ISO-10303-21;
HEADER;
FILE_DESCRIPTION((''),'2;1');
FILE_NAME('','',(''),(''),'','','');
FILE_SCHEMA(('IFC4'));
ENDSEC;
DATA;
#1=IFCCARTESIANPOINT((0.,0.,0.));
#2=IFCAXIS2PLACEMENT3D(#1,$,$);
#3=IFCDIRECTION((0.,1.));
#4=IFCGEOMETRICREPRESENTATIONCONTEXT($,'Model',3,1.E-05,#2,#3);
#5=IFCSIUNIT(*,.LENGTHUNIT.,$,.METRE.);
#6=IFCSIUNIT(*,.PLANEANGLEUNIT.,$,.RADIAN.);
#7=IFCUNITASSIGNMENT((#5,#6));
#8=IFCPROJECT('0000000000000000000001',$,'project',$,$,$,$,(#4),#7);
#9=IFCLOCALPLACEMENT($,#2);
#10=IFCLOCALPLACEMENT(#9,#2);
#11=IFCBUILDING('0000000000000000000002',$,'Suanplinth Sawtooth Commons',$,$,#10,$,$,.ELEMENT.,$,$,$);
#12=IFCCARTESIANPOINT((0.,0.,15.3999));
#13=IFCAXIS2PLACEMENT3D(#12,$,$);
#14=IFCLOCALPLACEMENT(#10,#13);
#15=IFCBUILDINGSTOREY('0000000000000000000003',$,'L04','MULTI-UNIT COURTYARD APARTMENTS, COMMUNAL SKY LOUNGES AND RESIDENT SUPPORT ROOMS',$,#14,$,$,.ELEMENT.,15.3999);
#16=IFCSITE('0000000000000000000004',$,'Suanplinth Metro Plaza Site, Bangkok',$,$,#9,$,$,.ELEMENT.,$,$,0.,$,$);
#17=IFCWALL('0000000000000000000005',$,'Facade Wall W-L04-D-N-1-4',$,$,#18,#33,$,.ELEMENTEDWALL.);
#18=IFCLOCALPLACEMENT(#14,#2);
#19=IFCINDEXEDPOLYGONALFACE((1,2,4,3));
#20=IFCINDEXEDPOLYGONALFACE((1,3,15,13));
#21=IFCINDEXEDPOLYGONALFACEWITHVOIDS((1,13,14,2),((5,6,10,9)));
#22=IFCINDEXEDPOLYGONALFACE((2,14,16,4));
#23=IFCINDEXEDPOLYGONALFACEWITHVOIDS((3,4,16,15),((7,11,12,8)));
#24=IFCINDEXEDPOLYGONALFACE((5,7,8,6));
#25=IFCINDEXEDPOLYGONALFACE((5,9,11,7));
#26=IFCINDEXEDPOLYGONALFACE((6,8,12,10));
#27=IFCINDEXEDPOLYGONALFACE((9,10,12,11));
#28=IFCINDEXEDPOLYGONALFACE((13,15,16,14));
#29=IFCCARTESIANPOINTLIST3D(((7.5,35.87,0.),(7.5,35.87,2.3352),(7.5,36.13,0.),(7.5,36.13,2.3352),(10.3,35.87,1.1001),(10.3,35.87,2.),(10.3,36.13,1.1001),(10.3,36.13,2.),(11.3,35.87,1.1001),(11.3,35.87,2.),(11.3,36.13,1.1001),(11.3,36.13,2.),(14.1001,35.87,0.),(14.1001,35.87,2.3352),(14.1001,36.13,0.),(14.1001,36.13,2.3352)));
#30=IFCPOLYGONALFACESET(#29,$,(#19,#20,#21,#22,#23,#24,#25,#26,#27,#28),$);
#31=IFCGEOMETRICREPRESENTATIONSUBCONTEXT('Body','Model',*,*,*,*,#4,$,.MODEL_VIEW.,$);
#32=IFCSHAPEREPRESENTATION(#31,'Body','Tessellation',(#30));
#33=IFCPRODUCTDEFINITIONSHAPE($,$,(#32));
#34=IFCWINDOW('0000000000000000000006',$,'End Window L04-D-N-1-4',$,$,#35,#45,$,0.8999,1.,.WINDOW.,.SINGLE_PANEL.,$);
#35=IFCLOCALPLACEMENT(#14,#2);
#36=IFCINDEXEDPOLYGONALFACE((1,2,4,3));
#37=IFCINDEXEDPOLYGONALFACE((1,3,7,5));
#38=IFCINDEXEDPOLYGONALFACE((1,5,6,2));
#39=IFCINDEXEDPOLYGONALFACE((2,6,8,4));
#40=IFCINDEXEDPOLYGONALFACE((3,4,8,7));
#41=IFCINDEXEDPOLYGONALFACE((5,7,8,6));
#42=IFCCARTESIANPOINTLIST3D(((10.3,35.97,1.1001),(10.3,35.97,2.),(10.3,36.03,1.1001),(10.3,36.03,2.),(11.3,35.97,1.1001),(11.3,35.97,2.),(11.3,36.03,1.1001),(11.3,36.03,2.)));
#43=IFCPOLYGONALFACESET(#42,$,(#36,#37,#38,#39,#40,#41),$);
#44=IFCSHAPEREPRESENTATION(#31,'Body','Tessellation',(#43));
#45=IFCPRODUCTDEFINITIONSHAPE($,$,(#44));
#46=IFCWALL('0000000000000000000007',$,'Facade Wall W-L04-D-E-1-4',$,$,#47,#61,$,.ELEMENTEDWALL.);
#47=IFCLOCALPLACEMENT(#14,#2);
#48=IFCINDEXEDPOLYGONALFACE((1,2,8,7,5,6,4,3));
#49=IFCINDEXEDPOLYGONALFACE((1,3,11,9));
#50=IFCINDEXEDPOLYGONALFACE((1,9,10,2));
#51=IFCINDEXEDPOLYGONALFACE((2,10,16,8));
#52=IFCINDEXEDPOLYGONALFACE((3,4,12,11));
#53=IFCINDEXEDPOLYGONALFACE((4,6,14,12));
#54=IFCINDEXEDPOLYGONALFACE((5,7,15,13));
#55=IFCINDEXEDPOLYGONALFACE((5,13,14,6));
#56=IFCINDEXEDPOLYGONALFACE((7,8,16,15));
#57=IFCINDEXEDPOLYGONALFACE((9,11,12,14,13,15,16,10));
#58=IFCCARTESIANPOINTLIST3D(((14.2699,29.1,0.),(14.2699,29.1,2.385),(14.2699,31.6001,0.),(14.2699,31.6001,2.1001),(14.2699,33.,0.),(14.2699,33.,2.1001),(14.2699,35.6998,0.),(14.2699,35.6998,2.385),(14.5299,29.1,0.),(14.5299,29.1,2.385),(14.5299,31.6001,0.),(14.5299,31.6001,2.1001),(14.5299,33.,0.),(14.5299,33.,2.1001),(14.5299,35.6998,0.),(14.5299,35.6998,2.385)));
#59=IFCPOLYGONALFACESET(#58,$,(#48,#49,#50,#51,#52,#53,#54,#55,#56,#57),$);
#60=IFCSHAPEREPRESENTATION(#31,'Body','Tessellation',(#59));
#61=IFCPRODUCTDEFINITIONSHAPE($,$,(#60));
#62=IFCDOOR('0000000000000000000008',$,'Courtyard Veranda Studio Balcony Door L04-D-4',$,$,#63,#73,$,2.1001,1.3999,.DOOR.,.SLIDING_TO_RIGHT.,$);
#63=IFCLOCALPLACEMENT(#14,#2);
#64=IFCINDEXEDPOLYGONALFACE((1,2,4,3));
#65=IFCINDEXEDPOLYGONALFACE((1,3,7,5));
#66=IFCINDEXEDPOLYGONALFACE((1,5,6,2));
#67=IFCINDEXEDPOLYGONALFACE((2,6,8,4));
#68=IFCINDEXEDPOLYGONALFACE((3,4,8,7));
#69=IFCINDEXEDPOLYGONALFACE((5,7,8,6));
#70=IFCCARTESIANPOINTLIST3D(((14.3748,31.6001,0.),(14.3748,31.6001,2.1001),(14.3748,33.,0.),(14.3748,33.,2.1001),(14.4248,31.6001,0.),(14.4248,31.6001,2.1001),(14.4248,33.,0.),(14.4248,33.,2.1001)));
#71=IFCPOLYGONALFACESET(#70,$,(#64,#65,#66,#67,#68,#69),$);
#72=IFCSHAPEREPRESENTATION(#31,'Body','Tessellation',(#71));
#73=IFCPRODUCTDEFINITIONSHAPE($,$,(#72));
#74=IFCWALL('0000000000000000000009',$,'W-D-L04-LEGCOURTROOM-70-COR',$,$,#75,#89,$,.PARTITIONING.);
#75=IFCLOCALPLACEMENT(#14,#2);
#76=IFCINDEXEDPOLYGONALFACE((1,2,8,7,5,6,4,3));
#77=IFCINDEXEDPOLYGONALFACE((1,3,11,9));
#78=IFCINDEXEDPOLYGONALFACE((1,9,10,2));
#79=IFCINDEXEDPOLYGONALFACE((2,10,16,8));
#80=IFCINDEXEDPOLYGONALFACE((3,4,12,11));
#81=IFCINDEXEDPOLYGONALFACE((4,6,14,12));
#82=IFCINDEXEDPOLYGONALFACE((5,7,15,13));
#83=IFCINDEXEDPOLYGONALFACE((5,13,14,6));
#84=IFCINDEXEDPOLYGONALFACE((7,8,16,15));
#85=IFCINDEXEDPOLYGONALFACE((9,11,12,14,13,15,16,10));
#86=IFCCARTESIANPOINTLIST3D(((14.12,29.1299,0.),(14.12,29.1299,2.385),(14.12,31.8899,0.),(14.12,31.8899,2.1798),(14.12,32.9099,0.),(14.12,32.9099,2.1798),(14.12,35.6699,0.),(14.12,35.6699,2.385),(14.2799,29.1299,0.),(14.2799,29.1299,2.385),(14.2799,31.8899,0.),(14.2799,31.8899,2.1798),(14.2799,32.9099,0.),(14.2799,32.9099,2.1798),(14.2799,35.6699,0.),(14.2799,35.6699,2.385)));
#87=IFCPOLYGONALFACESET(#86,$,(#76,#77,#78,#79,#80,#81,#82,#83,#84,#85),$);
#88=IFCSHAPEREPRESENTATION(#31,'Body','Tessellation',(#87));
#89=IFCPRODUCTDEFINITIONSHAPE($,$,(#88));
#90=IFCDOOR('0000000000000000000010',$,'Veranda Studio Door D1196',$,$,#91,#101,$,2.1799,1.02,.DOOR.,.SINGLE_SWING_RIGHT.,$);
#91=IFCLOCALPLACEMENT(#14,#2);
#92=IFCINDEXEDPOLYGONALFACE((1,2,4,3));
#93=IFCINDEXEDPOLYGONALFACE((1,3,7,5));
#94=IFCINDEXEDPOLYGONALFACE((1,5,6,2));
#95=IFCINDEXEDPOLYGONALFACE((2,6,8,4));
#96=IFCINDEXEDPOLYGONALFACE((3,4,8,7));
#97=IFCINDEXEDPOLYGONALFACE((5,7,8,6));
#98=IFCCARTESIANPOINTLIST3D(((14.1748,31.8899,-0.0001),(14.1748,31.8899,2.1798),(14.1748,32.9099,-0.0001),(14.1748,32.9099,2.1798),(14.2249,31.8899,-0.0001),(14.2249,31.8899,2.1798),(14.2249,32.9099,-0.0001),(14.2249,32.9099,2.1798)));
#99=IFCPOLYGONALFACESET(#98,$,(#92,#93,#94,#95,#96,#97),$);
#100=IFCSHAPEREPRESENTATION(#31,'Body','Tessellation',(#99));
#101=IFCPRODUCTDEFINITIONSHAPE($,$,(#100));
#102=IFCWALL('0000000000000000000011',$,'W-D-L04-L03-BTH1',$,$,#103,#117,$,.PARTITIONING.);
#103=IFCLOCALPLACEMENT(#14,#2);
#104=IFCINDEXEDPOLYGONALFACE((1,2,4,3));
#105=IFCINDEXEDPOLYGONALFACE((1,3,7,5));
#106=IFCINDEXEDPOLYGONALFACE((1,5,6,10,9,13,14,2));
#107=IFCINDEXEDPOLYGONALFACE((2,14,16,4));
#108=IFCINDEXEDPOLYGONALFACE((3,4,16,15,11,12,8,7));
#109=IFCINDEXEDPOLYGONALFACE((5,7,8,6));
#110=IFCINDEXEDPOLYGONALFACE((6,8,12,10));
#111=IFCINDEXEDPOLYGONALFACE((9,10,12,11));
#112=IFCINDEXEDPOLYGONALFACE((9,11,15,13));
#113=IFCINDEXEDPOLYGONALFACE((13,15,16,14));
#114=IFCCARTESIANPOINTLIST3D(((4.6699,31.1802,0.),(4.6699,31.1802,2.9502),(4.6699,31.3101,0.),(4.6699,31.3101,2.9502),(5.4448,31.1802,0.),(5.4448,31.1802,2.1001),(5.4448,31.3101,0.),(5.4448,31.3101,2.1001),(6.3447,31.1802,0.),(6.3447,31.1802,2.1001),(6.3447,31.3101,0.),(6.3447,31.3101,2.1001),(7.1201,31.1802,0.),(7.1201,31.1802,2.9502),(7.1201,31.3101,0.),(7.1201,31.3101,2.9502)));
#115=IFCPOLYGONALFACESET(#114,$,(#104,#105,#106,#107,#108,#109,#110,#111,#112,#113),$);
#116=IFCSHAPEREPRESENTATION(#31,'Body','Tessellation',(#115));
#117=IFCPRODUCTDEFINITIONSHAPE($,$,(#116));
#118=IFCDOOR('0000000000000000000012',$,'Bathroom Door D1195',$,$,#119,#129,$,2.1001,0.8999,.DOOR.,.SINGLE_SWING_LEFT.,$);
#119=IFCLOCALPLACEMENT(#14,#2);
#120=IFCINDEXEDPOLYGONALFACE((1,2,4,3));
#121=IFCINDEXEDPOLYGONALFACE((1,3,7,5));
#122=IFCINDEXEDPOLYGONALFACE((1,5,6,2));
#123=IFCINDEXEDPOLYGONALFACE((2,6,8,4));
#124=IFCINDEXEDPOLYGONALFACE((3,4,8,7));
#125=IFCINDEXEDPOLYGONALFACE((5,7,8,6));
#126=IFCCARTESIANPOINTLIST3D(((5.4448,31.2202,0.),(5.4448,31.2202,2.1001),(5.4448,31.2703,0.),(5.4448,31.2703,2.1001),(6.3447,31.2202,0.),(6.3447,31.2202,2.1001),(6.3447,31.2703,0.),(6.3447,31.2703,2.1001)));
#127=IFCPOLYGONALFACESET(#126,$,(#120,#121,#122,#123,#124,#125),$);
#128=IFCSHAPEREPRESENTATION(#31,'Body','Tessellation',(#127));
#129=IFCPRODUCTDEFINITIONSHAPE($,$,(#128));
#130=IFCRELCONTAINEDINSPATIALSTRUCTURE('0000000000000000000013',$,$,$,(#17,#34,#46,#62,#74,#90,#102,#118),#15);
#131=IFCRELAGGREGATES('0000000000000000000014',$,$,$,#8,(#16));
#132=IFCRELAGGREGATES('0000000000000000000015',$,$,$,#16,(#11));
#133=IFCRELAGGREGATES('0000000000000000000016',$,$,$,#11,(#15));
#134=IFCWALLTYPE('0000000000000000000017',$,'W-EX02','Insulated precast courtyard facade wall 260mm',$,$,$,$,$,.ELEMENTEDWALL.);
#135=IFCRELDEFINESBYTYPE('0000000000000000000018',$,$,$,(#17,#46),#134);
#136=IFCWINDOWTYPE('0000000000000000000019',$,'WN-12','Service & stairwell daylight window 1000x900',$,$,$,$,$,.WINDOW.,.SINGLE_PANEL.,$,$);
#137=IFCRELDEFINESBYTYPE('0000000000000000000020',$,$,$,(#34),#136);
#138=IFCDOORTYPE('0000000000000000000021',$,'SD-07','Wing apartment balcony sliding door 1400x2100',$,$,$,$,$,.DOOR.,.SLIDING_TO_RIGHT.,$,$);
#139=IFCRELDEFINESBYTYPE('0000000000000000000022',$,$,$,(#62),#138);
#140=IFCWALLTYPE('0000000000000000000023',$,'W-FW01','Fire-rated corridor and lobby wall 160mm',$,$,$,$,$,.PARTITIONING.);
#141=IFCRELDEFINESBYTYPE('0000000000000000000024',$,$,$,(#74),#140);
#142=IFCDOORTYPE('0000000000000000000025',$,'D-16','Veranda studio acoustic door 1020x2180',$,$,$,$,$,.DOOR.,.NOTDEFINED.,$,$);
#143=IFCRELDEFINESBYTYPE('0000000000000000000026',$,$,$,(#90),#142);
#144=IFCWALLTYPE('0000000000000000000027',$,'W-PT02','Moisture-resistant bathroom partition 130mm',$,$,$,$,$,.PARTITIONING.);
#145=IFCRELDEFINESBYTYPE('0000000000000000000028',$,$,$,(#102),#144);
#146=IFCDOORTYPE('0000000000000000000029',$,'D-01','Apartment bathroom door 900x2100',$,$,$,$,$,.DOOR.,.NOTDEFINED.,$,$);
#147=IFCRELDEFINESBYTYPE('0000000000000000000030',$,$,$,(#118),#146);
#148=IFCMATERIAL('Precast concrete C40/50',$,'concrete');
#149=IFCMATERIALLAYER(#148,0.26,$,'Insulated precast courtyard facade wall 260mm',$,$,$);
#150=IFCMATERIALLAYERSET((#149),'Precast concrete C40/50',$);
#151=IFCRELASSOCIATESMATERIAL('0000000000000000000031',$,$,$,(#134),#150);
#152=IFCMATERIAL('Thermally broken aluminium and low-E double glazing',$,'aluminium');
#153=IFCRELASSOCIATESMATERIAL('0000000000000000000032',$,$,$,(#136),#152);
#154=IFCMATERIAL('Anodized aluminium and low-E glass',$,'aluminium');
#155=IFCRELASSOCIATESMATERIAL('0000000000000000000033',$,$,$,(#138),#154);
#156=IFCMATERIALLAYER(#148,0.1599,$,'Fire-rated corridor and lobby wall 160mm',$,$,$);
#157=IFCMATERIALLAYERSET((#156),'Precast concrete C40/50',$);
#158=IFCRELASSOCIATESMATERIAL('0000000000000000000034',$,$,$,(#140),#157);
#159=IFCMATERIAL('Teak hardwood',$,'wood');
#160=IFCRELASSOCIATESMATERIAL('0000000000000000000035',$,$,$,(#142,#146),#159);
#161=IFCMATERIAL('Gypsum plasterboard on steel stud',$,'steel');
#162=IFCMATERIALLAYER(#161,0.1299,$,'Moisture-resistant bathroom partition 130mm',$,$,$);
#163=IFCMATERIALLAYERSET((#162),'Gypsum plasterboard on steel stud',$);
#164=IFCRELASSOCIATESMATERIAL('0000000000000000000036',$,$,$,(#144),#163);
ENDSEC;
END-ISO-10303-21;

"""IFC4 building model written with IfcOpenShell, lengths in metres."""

from ifc_helpers import new_model, si_unit, direction, frame, frame_2d, origin, place, context, subcontext, project, spatial, rectangle, extrude, material, layer, layer_set, type_object, element, fill, save


model = new_model("IFC4")

# Units and contexts
model_context = context("Model", 3, precision=1e-05, world=origin(), true_north=direction((0.0, 1.0)))
body_context = subcontext(model_context, "Body", "Model", "MODEL_VIEW")
ifc_project = project(units=[si_unit("LENGTHUNIT", "METRE"), si_unit("PLANEANGLEUNIT", "RADIAN")], contexts=[model_context])

# Site, building, storey
site_placement = place(None, origin())
site = spatial("IfcSite", under=ifc_project, at=site_placement, Name="Suanplinth Metro Plaza Site, Bangkok", CompositionType="ELEMENT", RefElevation=0.0)
building_placement = place(site_placement, origin())
building = spatial("IfcBuilding", under=site, at=building_placement, Name="Suanplinth Sawtooth Commons", CompositionType="ELEMENT")
storey_placement = place(building_placement, frame((0.0, 0.0, 15.3999)))
storey = spatial("IfcBuildingStorey", under=building, at=storey_placement, Name="L04", Description="MULTI-UNIT COURTYARD APARTMENTS, COMMUNAL SKY LOUNGES AND RESIDENT SUPPORT ROOMS", CompositionType="ELEMENT", Elevation=15.3999)

# Shared definitions
ifc_material_1 = material(Name="Precast concrete C40/50", Category="concrete")

# Shared definitions
ifc_layer_1 = layer(ifc_material_1, 0.26, Name="Insulated precast courtyard facade wall 260mm")
ifc_layer_set_1 = layer_set([ifc_layer_1], Name="Precast concrete C40/50")
wall_type_1 = type_object("IfcWallType", Name="W-EX02", Description="Insulated precast courtyard facade wall 260mm", PredefinedType="ELEMENTEDWALL", material=ifc_layer_set_1)
ifc_material_2 = material(Name="Anodized aluminium and low-E glass", Category="aluminium")

# Wall, opening, window
wall_1_placement = place(storey_placement, frame((7.5, 36.0, 0.0), z_axis=(0.0, 0.0, 1.0), x_axis=(1.0, 0.0, 0.0)))
wall_1 = element("IfcWall", 1, at=wall_1_placement, inside=storey, type_object=wall_type_1, Name="Facade Wall W-L04-D-N-1-4", PredefinedType="ELEMENTEDWALL", context=body_context, shape_type="SweptSolid", body=[
    extrude(rectangle(XDim=6.6001, YDim=0.26, at=frame_2d((3.3, 0.0))), origin(), (0.0, 0.0, 1.0), 2.3352),
])
opening_1_placement = place(wall_1_placement, frame((2.8, 0.0, 1.1001)))
opening_1 = element("IfcOpeningElement", 2, at=opening_1_placement, cuts=wall_1, PredefinedType="OPENING", context=body_context, shape_type="SweptSolid", body=[
    extrude(rectangle(XDim=1.0, YDim=0.8999, at=frame_2d((0.5, 0.45))), frame((0.0, 0.145, 0.0), z_axis=(0.0, -1.0, 0.0), x_axis=(1.0, 0.0, 0.0)), (0.0, 0.0, 1.0), 0.2898),
])
ifc_material_3 = material(Name="Thermally broken aluminium and low-E double glazing", Category="aluminium")
window_type = type_object("IfcWindowType", Name="WN-12", Description="Service & stairwell daylight window 1000x900", PartitioningType="SINGLE_PANEL", PredefinedType="WINDOW", material=ifc_material_3)
window_placement = place(opening_1_placement, origin())
window = element("IfcWindow", 3, at=window_placement, inside=storey, type_object=window_type, Name="End Window L04-D-N-1-4", OverallHeight=0.8999, OverallWidth=1.0, PartitioningType="SINGLE_PANEL", PredefinedType="WINDOW", context=body_context, shape_type="SweptSolid", body=[
    extrude(rectangle(XDim=1.0, YDim=0.8999, at=frame_2d((0.5, 0.45))), frame((0.0, 0.03, 0.0), z_axis=(0.0, -1.0, 0.0), x_axis=(1.0, 0.0, 0.0)), (0.0, 0.0, 1.0), 0.0601),
])
fill(opening_1, window)

# Walls, openings, doors
wall_2_placement = place(storey_placement, frame((14.3999, 29.1001, 0.0), z_axis=(0.0, 0.0, 1.0), x_axis=(0.0, 1.0, 0.0)))
wall_2 = element("IfcWall", 4, at=wall_2_placement, inside=storey, type_object=wall_type_1, Name="Facade Wall W-L04-D-E-1-4", PredefinedType="ELEMENTEDWALL", context=body_context, shape_type="SweptSolid", body=[
    extrude(rectangle(XDim=6.5999, YDim=0.26, at=frame_2d((3.2998, 0.0))), origin(), (0.0, 0.0, 1.0), 2.385),
])
opening_2_placement = place(wall_2_placement, frame((2.5, 0.0, 0.0)))
opening_2 = element("IfcOpeningElement", 5, at=opening_2_placement, cuts=wall_2, PredefinedType="OPENING", context=body_context, shape_type="SweptSolid", body=[
    extrude(rectangle(XDim=1.3999, YDim=2.1001, at=frame_2d((0.7, 1.05))), frame((0.0, 0.145, 0.0), z_axis=(0.0, -1.0, 0.0), x_axis=(1.0, 0.0, 0.0)), (0.0, 0.0, 1.0), 0.2898),
])
door_type_1 = type_object("IfcDoorType", Name="SD-07", Description="Wing apartment balcony sliding door 1400x2100", OperationType="SLIDING_TO_RIGHT", PredefinedType="DOOR", material=ifc_material_2)
door_1_placement = place(opening_2_placement, frame((1.3999, 0.0, 0.0), z_axis=(0.0, 0.0, 1.0), x_axis=(-1.0, 0.0, 0.0)))
door_1 = element("IfcDoor", 6, at=door_1_placement, inside=storey, type_object=door_type_1, Name="Courtyard Veranda Studio Balcony Door L04-D-4", OperationType="SLIDING_TO_RIGHT", OverallHeight=2.1001, OverallWidth=1.3999, PredefinedType="DOOR", context=body_context, shape_type="SweptSolid", body=[
    extrude(rectangle(XDim=1.3999, YDim=2.1001, at=frame_2d((0.7, 1.05))), frame((0.0, 0.0249, 0.0), z_axis=(0.0, -1.0, 0.0), x_axis=(1.0, 0.0, 0.0)), (0.0, 0.0, 1.0), 0.05),
])
fill(opening_2, door_1)
ifc_layer_2 = layer(ifc_material_1, 0.1599, Name="Fire-rated corridor and lobby wall 160mm")
ifc_layer_set_2 = layer_set([ifc_layer_2], Name="Precast concrete C40/50")
wall_type_2 = type_object("IfcWallType", Name="W-FW01", Description="Fire-rated corridor and lobby wall 160mm", PredefinedType="PARTITIONING", material=ifc_layer_set_2)
wall_3_placement = place(storey_placement, frame((14.2, 29.1299, 0.0), z_axis=(0.0, 0.0, 1.0), x_axis=(0.0, 1.0, 0.0)))
wall_3 = element("IfcWall", 7, at=wall_3_placement, inside=storey, type_object=wall_type_2, Name="W-D-L04-LEGCOURTROOM-70-COR", PredefinedType="PARTITIONING", context=body_context, shape_type="SweptSolid", body=[
    extrude(rectangle(XDim=6.54, YDim=0.1599, at=frame_2d((3.27, 0.0))), origin(), (0.0, 0.0, 1.0), 2.385),
])
opening_3_placement = place(wall_3_placement, frame((2.76, 0.0, 0.0)))
opening_3 = element("IfcOpeningElement", 8, at=opening_3_placement, cuts=wall_3, PredefinedType="OPENING", context=body_context, shape_type="SweptSolid", body=[
    extrude(rectangle(XDim=1.02, YDim=2.1799, at=frame_2d((0.51, 1.0898))), frame((0.0, 0.0947, 0.0), z_axis=(0.0, -1.0, 0.0), x_axis=(1.0, 0.0, 0.0)), (0.0, 0.0, 1.0), 0.1897),
])
ifc_material_4 = material(Name="Teak hardwood", Category="wood")
door_type_2 = type_object("IfcDoorType", Name="D-16", Description="Veranda studio acoustic door 1020x2180", OperationType="NOTDEFINED", PredefinedType="DOOR", material=ifc_material_4)
door_2_placement = place(opening_3_placement, frame((1.02, 0.0, 0.0), z_axis=(0.0, 0.0, 1.0), x_axis=(-1.0, 0.0, 0.0)))
door_2 = element("IfcDoor", 9, at=door_2_placement, inside=storey, type_object=door_type_2, Name="Veranda Studio Door D1196", OperationType="SINGLE_SWING_RIGHT", OverallHeight=2.1799, OverallWidth=1.02, PredefinedType="DOOR", context=body_context, shape_type="SweptSolid", body=[
    extrude(rectangle(XDim=1.02, YDim=2.1799, at=frame_2d((0.51, 1.0898))), frame((0.0, 0.0249, 0.0), z_axis=(0.0, -1.0, 0.0), x_axis=(1.0, 0.0, 0.0)), (0.0, 0.0, 1.0), 0.05),
])
fill(opening_3, door_2)
ifc_material_5 = material(Name="Gypsum plasterboard on steel stud", Category="steel")
ifc_layer_3 = layer(ifc_material_5, 0.1299, Name="Moisture-resistant bathroom partition 130mm")
ifc_layer_set_3 = layer_set([ifc_layer_3], Name="Gypsum plasterboard on steel stud")
wall_type_3 = type_object("IfcWallType", Name="W-PT02", Description="Moisture-resistant bathroom partition 130mm", PredefinedType="PARTITIONING", material=ifc_layer_set_3)
wall_4_placement = place(storey_placement, frame((4.6699, 31.2451, 0.0), z_axis=(0.0, 0.0, 1.0), x_axis=(1.0, 0.0, 0.0)))
wall_4 = element("IfcWall", 10, at=wall_4_placement, inside=storey, type_object=wall_type_3, Name="W-D-L04-L03-BTH1", PredefinedType="PARTITIONING", context=body_context, shape_type="SweptSolid", body=[
    extrude(rectangle(XDim=2.4502, YDim=0.1299, at=frame_2d((1.2251, 0.0))), origin(), (0.0, 0.0, 1.0), 2.9502),
])
opening_4_placement = place(wall_4_placement, frame((0.7749, 0.0, 0.0)))
opening_4 = element("IfcOpeningElement", 11, at=opening_4_placement, cuts=wall_4, PredefinedType="OPENING", context=body_context, shape_type="SweptSolid", body=[
    extrude(rectangle(XDim=0.8999, YDim=2.1001, at=frame_2d((0.45, 1.05))), frame((0.0, 0.0798, 0.0), z_axis=(0.0, -1.0, 0.0), x_axis=(1.0, 0.0, 0.0)), (0.0, 0.0, 1.0), 0.1597),
])
door_type_3 = type_object("IfcDoorType", Name="D-01", Description="Apartment bathroom door 900x2100", OperationType="NOTDEFINED", PredefinedType="DOOR", material=ifc_material_4)
door_3_placement = place(opening_4_placement, frame((0.8999, 0.0, 0.0), z_axis=(0.0, 0.0, 1.0), x_axis=(-1.0, 0.0, 0.0)))
door_3 = element("IfcDoor", 12, at=door_3_placement, inside=storey, type_object=door_type_3, Name="Bathroom Door D1195", OperationType="SINGLE_SWING_LEFT", OverallHeight=2.1001, OverallWidth=0.8999, PredefinedType="DOOR", context=body_context, shape_type="SweptSolid", body=[
    extrude(rectangle(XDim=0.8999, YDim=2.1001, at=frame_2d((0.45, 1.05))), frame((0.0, 0.0249, 0.0), z_axis=(0.0, -1.0, 0.0), x_axis=(1.0, 0.0, 0.0)), (0.0, 0.0, 1.0), 0.05),
])
fill(opening_4, door_3)

save(model, "model.ifc")
